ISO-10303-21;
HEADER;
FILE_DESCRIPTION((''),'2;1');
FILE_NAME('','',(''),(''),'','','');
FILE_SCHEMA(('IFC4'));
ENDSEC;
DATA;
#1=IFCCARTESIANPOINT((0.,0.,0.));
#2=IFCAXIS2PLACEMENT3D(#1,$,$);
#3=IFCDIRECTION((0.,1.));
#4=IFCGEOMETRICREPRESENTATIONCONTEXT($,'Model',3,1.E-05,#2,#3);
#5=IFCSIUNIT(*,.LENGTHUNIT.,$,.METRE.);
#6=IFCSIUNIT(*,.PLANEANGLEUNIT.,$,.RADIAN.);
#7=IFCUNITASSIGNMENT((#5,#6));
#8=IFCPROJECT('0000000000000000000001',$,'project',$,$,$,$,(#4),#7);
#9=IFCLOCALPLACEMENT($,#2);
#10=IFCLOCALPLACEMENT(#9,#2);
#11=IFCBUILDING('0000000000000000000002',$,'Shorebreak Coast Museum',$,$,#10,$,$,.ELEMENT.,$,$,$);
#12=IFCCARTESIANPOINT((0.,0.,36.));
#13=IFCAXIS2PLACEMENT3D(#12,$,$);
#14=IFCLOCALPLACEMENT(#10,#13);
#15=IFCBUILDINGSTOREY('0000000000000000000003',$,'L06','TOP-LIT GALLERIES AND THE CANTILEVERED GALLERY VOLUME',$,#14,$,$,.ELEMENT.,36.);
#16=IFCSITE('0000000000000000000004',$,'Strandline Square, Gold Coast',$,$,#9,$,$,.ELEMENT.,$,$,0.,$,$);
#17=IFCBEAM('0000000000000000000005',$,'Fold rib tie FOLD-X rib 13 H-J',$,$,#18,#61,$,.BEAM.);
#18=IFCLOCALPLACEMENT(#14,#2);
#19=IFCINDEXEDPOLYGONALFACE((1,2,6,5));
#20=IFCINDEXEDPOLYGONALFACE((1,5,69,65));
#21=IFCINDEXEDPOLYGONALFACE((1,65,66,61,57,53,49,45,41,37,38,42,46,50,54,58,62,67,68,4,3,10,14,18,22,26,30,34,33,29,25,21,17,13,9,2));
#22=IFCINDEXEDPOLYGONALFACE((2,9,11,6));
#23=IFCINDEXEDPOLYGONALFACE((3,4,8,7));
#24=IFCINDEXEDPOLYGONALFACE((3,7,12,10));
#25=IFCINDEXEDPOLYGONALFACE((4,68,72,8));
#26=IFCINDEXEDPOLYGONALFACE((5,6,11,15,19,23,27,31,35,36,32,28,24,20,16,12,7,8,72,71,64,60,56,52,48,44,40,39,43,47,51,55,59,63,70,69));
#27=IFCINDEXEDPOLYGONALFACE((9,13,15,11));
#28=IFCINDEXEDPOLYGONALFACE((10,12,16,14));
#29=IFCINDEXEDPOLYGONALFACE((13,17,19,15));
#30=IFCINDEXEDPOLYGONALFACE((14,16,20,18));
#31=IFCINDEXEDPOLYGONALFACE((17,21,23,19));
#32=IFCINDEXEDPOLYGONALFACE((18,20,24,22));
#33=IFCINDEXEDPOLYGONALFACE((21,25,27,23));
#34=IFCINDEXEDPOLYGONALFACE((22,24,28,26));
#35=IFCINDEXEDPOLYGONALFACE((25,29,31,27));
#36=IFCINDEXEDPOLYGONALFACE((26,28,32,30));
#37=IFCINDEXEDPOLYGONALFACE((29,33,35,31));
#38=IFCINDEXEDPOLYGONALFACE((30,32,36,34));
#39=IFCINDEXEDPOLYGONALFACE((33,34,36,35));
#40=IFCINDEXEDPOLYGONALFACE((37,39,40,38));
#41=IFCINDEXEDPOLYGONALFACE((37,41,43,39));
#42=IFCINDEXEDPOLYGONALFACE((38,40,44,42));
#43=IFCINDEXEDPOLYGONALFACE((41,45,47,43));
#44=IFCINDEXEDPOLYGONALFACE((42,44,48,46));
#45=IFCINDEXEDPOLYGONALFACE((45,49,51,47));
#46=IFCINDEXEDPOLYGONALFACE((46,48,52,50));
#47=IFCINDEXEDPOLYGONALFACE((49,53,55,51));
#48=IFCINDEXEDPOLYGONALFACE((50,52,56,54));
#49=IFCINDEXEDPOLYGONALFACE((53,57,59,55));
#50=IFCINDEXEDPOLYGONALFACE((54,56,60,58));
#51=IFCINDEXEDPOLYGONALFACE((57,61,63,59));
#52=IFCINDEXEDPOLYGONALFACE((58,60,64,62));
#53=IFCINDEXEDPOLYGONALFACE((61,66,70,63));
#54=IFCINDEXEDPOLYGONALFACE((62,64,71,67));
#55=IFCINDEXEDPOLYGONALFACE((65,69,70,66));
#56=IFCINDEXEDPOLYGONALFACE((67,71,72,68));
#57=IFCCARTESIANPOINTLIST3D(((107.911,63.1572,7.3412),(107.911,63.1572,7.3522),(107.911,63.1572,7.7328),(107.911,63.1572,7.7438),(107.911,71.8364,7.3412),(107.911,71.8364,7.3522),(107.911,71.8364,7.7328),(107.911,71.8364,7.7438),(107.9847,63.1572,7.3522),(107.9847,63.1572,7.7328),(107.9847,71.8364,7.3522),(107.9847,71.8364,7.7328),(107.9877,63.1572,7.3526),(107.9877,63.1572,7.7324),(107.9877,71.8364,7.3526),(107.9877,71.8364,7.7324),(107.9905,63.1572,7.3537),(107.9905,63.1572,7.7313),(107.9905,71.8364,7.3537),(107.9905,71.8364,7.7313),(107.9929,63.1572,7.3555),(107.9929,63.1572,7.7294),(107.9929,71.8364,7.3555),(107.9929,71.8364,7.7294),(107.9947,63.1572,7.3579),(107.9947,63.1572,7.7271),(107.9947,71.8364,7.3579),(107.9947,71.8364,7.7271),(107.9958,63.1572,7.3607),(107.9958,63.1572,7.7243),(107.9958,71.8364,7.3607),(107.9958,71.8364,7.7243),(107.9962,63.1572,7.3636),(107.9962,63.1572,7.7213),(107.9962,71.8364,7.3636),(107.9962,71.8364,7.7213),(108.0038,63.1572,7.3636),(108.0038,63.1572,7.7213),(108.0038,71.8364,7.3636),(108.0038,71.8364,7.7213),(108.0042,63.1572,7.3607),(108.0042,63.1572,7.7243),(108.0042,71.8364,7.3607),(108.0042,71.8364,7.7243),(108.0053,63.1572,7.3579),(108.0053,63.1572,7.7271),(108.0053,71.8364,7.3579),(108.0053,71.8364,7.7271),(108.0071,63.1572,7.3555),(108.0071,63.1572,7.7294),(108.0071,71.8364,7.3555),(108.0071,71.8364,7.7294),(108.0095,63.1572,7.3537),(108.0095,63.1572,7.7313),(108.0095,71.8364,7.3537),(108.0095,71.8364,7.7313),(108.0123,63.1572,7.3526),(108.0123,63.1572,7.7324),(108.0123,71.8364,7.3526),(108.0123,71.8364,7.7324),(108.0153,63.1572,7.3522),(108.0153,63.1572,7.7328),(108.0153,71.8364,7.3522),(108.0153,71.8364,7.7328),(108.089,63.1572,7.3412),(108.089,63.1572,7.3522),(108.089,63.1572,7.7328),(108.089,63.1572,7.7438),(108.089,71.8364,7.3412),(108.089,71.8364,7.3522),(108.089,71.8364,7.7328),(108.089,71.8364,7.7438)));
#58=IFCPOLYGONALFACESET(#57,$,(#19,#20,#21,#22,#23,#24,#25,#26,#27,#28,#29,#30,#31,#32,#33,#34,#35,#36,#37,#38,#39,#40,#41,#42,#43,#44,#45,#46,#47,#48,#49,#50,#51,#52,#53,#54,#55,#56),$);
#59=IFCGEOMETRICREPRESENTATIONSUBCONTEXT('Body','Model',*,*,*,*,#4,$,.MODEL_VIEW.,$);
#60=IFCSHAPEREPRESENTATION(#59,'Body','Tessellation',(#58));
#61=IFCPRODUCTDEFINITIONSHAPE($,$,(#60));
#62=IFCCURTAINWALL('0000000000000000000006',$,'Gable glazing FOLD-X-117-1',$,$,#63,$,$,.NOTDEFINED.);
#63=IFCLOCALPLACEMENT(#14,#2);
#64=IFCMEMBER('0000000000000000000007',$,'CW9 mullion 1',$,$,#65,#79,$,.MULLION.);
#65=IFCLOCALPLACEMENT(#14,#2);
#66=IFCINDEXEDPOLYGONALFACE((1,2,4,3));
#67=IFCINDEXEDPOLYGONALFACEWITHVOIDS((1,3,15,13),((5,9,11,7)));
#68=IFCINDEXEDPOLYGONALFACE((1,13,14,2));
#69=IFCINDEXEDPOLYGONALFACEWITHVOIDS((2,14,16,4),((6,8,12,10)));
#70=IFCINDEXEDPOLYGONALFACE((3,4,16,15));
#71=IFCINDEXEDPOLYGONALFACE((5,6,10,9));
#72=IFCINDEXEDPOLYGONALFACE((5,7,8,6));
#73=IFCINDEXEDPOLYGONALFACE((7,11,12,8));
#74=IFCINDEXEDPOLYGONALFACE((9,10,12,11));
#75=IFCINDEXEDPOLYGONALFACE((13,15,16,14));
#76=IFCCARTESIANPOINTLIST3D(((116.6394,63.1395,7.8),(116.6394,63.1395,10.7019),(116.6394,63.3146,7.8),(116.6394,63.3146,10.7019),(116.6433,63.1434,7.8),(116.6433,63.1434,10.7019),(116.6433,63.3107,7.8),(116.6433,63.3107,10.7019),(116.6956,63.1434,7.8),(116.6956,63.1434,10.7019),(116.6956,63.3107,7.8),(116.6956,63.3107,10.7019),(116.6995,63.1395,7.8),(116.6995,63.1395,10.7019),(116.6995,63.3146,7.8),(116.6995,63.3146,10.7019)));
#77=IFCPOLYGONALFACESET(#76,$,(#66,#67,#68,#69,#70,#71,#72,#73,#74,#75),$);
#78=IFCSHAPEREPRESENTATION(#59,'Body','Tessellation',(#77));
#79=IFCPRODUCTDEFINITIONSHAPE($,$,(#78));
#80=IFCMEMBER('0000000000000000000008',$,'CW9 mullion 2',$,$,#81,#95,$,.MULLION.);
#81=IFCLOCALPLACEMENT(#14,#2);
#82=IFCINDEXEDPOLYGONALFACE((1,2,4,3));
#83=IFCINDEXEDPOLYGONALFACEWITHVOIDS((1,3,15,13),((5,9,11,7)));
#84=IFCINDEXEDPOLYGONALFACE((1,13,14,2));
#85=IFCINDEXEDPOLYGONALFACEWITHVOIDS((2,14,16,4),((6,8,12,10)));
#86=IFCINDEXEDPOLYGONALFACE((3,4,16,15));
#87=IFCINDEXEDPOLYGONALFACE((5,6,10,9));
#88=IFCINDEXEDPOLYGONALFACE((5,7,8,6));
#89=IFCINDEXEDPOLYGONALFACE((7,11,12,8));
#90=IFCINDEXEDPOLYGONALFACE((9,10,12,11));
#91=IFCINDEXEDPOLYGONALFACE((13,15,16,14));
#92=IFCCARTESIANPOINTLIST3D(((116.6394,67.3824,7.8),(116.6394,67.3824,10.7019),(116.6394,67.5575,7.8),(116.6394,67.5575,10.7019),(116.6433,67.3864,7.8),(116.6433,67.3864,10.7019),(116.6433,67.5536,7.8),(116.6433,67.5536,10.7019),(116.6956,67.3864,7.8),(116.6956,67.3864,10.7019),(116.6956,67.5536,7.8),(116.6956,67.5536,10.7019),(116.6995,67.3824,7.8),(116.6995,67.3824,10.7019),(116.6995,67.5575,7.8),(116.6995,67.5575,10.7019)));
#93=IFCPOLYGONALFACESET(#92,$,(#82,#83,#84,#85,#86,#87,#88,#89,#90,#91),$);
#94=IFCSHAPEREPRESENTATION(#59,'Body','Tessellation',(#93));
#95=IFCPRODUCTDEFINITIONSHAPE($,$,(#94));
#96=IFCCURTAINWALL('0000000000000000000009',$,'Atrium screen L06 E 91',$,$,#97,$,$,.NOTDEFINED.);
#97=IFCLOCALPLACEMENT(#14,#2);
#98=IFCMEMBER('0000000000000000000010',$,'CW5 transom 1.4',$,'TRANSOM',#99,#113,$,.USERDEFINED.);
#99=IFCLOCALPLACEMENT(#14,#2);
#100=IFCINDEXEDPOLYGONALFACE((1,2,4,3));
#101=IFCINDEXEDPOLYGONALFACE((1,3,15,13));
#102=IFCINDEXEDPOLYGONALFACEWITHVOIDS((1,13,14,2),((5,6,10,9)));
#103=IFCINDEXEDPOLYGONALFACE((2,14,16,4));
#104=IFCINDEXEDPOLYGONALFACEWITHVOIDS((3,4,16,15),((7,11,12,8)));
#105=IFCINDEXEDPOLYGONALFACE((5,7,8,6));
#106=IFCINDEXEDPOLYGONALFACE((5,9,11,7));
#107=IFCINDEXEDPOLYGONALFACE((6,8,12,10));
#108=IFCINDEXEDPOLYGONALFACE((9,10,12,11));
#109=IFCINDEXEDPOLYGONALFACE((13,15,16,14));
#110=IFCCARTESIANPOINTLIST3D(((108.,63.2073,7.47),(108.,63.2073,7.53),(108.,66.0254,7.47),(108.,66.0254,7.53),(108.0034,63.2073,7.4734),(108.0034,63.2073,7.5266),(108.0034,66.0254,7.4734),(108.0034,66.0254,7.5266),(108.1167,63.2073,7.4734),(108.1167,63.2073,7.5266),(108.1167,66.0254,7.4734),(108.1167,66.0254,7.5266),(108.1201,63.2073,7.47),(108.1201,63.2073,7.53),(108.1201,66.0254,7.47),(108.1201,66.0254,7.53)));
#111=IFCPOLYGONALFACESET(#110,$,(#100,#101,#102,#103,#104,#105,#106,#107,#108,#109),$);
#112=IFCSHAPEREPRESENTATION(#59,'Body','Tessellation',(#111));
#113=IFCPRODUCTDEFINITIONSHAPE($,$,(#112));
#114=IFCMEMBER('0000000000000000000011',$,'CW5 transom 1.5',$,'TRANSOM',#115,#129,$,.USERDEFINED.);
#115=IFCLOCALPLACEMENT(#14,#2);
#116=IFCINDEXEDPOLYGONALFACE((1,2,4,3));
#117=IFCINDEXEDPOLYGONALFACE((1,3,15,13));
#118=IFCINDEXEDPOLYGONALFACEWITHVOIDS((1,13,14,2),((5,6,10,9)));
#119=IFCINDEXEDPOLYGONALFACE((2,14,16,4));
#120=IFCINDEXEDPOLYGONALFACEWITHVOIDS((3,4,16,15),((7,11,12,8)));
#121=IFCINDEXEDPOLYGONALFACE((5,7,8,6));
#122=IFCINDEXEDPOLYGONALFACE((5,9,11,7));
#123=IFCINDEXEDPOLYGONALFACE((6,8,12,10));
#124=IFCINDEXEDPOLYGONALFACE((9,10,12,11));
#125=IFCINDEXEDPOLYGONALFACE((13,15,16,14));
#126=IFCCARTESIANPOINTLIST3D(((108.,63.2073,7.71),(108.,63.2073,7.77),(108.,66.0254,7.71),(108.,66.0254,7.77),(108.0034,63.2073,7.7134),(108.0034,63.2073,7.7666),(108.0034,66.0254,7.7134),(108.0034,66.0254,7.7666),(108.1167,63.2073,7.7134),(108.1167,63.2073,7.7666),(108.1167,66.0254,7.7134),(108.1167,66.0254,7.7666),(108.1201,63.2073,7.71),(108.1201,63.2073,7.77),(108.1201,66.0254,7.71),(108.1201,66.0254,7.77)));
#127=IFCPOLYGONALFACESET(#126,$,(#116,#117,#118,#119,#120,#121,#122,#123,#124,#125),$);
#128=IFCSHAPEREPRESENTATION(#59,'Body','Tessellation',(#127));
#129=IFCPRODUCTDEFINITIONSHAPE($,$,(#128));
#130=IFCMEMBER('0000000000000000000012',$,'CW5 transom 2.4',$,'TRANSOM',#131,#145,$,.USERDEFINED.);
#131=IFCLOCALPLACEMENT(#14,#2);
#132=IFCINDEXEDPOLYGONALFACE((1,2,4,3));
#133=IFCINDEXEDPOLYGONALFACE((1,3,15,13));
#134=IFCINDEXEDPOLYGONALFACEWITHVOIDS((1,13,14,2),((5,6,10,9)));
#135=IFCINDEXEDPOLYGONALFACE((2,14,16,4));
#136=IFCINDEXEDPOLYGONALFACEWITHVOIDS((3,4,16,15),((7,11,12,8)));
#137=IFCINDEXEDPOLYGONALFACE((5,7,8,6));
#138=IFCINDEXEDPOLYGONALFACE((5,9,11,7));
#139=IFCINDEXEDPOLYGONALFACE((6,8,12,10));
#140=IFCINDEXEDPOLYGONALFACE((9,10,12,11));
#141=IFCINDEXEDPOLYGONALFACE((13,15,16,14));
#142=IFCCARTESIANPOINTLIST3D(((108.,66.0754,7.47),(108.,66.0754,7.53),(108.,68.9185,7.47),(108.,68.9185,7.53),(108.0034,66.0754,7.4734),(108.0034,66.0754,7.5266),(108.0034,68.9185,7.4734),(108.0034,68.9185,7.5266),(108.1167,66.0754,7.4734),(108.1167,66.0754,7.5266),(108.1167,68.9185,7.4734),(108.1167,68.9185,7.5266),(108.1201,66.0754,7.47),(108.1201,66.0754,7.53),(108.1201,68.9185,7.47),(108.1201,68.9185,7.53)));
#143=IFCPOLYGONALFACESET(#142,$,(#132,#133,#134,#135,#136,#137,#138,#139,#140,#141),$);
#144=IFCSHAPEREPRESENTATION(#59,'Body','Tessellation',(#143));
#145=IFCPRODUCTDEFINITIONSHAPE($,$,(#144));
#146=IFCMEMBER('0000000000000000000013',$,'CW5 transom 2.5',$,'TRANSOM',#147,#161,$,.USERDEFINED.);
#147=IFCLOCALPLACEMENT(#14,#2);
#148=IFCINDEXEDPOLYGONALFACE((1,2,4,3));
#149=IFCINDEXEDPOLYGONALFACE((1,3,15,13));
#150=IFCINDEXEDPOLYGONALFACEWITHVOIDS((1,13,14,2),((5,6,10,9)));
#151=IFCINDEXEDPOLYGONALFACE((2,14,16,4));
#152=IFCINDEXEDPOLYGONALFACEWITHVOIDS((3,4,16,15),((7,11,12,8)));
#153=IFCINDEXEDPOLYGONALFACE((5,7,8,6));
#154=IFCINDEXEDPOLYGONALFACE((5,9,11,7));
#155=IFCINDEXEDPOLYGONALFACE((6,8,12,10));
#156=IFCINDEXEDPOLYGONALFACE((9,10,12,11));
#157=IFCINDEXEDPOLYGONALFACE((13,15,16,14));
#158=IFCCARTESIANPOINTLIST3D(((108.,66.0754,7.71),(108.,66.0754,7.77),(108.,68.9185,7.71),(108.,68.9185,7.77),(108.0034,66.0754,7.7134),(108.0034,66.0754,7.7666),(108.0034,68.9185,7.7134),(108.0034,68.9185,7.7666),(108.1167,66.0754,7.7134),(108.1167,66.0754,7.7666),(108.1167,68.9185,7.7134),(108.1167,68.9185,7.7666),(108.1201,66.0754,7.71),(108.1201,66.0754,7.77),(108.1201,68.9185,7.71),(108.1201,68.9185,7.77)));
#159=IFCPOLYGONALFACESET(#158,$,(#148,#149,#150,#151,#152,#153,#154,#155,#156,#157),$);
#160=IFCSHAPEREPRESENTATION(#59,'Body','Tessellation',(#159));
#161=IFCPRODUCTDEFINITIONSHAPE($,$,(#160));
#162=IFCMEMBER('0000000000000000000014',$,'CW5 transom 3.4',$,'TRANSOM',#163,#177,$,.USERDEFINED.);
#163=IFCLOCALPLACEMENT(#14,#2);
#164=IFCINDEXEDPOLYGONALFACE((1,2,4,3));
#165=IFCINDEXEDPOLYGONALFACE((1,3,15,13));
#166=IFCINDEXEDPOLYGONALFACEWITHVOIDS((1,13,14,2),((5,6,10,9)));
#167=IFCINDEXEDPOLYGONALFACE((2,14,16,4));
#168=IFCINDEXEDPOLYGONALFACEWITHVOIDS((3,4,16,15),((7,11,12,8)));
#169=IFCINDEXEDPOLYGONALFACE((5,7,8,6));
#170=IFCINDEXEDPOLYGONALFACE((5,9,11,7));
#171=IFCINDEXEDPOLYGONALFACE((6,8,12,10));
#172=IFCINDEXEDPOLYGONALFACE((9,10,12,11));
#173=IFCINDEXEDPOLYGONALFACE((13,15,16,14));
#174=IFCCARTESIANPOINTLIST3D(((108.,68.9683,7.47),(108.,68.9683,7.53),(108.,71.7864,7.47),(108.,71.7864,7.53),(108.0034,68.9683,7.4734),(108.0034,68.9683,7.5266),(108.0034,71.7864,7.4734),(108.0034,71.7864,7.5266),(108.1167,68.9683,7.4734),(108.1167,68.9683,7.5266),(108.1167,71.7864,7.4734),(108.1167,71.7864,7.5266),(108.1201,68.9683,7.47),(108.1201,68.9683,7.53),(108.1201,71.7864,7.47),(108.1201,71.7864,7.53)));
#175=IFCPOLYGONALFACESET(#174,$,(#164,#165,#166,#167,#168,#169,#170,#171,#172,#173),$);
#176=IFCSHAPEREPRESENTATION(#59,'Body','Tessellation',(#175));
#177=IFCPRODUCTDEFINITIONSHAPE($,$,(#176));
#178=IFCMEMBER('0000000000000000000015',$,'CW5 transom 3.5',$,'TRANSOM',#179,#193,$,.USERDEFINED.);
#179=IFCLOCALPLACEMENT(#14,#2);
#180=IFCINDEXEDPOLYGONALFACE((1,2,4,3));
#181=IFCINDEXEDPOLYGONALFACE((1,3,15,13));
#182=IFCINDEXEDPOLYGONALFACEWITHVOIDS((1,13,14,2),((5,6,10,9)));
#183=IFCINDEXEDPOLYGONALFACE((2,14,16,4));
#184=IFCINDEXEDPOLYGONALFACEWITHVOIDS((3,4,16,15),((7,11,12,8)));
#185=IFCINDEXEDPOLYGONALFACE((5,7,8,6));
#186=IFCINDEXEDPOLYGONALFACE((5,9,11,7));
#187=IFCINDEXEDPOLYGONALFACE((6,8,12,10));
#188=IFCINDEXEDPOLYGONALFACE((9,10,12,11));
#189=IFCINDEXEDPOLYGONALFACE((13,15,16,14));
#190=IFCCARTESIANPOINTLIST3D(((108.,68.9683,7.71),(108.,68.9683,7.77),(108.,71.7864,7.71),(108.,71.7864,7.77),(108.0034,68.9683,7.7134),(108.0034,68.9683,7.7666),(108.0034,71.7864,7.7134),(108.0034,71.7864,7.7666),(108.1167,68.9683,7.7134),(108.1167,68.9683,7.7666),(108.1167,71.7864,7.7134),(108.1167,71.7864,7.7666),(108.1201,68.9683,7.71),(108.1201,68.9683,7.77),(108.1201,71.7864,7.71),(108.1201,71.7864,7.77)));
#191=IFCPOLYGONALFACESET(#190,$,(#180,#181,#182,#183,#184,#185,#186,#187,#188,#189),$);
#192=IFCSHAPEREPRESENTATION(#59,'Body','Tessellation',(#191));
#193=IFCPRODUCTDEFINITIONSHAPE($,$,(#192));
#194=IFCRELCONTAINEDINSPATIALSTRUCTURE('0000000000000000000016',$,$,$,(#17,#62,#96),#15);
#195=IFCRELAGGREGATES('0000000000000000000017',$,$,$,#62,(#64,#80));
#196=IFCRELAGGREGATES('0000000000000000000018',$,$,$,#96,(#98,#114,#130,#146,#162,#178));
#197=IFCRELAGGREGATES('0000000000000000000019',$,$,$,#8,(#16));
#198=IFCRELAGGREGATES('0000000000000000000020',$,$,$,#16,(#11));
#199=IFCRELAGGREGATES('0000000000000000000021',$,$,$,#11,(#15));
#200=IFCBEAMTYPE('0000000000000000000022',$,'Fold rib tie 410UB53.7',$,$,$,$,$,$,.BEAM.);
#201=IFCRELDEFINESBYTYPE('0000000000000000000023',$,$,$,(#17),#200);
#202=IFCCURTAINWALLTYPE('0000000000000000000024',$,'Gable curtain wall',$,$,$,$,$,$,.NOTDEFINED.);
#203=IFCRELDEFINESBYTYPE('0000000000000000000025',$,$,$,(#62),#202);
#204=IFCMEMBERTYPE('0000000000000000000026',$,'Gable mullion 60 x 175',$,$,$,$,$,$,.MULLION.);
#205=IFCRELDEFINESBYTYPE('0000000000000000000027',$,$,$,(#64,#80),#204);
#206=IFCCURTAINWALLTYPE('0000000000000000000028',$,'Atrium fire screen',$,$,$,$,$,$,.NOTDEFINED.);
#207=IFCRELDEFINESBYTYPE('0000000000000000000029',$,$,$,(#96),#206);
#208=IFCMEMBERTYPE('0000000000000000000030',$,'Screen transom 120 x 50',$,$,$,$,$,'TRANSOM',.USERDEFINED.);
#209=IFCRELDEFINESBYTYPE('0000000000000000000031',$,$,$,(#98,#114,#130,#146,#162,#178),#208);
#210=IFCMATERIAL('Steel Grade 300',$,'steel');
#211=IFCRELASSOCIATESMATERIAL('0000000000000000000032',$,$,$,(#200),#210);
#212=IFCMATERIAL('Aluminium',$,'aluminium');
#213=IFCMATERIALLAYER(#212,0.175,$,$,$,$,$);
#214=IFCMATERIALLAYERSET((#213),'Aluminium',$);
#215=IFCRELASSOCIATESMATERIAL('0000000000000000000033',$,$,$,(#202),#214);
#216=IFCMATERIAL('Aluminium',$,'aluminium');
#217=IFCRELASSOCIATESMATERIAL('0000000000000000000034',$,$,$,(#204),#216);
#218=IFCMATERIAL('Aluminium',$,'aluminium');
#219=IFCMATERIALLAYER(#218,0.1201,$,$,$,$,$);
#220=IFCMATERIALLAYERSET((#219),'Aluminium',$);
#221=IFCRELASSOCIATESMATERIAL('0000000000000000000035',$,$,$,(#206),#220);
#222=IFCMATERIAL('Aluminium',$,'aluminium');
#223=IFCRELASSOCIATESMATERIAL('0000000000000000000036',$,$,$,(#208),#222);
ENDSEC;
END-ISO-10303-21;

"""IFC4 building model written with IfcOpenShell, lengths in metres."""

from ifc_helpers import new_model, si_unit, direction, frame, origin, origin_2d, place, context, subcontext, project, spatial, hollow_rectangle, i_section, extrude, material, layer, layer_set, material_profile, profile_set, type_object, element, aggregate, save


model = new_model("IFC4")

# Units and contexts
model_context = context("Model", 3, precision=1e-05, world=origin(), true_north=direction((0.0, 1.0)))
body_context = subcontext(model_context, "Body", "Model", "MODEL_VIEW")
ifc_project = project(units=[si_unit("LENGTHUNIT", "METRE"), si_unit("PLANEANGLEUNIT", "RADIAN")], contexts=[model_context])

# Site, building, storey
site_placement = place(None, origin())
site = spatial("IfcSite", under=ifc_project, at=site_placement, Name="Strandline Square, Gold Coast", CompositionType="ELEMENT", RefElevation=0.0)
building_placement = place(site_placement, origin())
building = spatial("IfcBuilding", under=site, at=building_placement, Name="Shorebreak Coast Museum", CompositionType="ELEMENT")
storey_placement = place(building_placement, frame((0.0, 0.0, 36.0)))
storey = spatial("IfcBuildingStorey", under=building, at=storey_placement, Name="L06", Description="TOP-LIT GALLERIES AND THE CANTILEVERED GALLERY VOLUME", CompositionType="ELEMENT", Elevation=36.0)

# Beam
ifc_material_1 = material(Name="Steel Grade 300", Category="steel")
ifc_material_profile_1 = material_profile(ifc_material_1, i_section(OverallWidth=0.178, OverallDepth=0.4026, WebThickness=0.0076, FlangeThickness=0.011, FilletRadius=0.0115, at=origin_2d()), Name="410UB53.7")
ifc_profile_set_1 = profile_set([ifc_material_profile_1], Name="Steel Grade 300")
beam_type = type_object("IfcBeamType", Name="Fold rib tie 410UB53.7", PredefinedType="BEAM", material=ifc_profile_set_1)
beam_placement = place(storey_placement, frame((108.0, 63.1572, 7.5425), z_axis=(0.0, 1.0, 0.0), x_axis=(-1.0, 0.0, 0.0)))
element("IfcBeam", 1, at=beam_placement, inside=storey, type_object=beam_type, Name="Fold rib tie FOLD-X rib 13 H-J", PredefinedType="BEAM", context=body_context, shape_type="SweptSolid", body=[
    extrude(i_section(OverallWidth=0.178, OverallDepth=0.4026, WebThickness=0.0076, FlangeThickness=0.011, FilletRadius=0.0115, at=origin_2d()), origin(), (0.0, 0.0, 1.0), 8.6792),
])

# Curtain wall, members
ifc_material_2 = material(Name="Aluminium", Category="aluminium")
ifc_layer_1 = layer(ifc_material_2, 0.175)
ifc_layer_set_1 = layer_set([ifc_layer_1], Name="Aluminium")
curtain_wall_type_1 = type_object("IfcCurtainWallType", Name="Gable curtain wall", PredefinedType="NOTDEFINED", material=ifc_layer_set_1)
curtain_wall_1_placement = place(storey_placement, origin())
curtain_wall_1 = element("IfcCurtainWall", 2, at=curtain_wall_1_placement, inside=storey, type_object=curtain_wall_type_1, Name="Gable glazing FOLD-X-117-1", PredefinedType="NOTDEFINED")
ifc_material_3 = material(Name="Aluminium", Category="aluminium")
ifc_material_profile_2 = material_profile(ifc_material_3, hollow_rectangle(XDim=0.0601, YDim=0.175, WallThickness=0.0039, at=origin_2d()), Name="AL 175x60 RHS")
ifc_profile_set_2 = profile_set([ifc_material_profile_2], Name="Aluminium")
member_type_1 = type_object("IfcMemberType", Name="Gable mullion 60 x 175", PredefinedType="MULLION", material=ifc_profile_set_2)
member_1_placement = place(storey_placement, frame((116.6694, 63.2271, 7.8), z_axis=(0.0, 0.0, 1.0), x_axis=(-1.0, 0.0, 0.0)))
member_1 = element("IfcMember", 3, at=member_1_placement, type_object=member_type_1, Name="CW9 mullion 1", PredefinedType="MULLION", context=body_context, shape_type="SweptSolid", body=[
    extrude(hollow_rectangle(XDim=0.0601, YDim=0.175, WallThickness=0.0039, at=origin_2d()), origin(), (0.0, 0.0, 1.0), 2.9019),
])
member_2_placement = place(storey_placement, frame((116.6694, 67.47, 7.8), z_axis=(0.0, 0.0, 1.0), x_axis=(-1.0, 0.0, 0.0)))
member_2 = element("IfcMember", 4, at=member_2_placement, type_object=member_type_1, Name="CW9 mullion 2", PredefinedType="MULLION", context=body_context, shape_type="SweptSolid", body=[
    extrude(hollow_rectangle(XDim=0.0601, YDim=0.175, WallThickness=0.0039, at=origin_2d()), origin(), (0.0, 0.0, 1.0), 2.9019),
])
aggregate(curtain_wall_1, [member_1, member_2])

# Curtain wall, members
ifc_material_4 = material(Name="Aluminium", Category="aluminium")
ifc_layer_2 = layer(ifc_material_4, 0.1201)
ifc_layer_set_2 = layer_set([ifc_layer_2], Name="Aluminium")
curtain_wall_type_2 = type_object("IfcCurtainWallType", Name="Atrium fire screen", PredefinedType="NOTDEFINED", material=ifc_layer_set_2)
curtain_wall_2_placement = place(storey_placement, origin())
curtain_wall_2 = element("IfcCurtainWall", 5, at=curtain_wall_2_placement, inside=storey, type_object=curtain_wall_type_2, Name="Atrium screen L06 E 91", PredefinedType="NOTDEFINED")
ifc_material_5 = material(Name="Aluminium", Category="aluminium")
ifc_material_profile_3 = material_profile(ifc_material_5, hollow_rectangle(XDim=0.1201, YDim=0.0601, WallThickness=0.0034, at=origin_2d()), Name="AL 60x120 RHS")
ifc_profile_set_3 = profile_set([ifc_material_profile_3], Name="Aluminium")
member_type_2 = type_object("IfcMemberType", Name="Screen transom 120 x 50", ElementType="TRANSOM", PredefinedType="USERDEFINED", material=ifc_profile_set_3)
member_3_placement = place(storey_placement, frame((108.0601, 63.2073, 7.5), z_axis=(0.0, 1.0, 0.0), x_axis=(-1.0, 0.0, 0.0)))
member_3 = element("IfcMember", 6, at=member_3_placement, type_object=member_type_2, Name="CW5 transom 1.4", ObjectType="TRANSOM", PredefinedType="USERDEFINED", context=body_context, shape_type="SweptSolid", body=[
    extrude(hollow_rectangle(XDim=0.1201, YDim=0.0601, WallThickness=0.0034, at=origin_2d()), origin(), (0.0, 0.0, 1.0), 2.8181),
])
member_4_placement = place(storey_placement, frame((108.0601, 63.2073, 7.74), z_axis=(0.0, 1.0, 0.0), x_axis=(-1.0, 0.0, 0.0)))
member_4 = element("IfcMember", 7, at=member_4_placement, type_object=member_type_2, Name="CW5 transom 1.5", ObjectType="TRANSOM", PredefinedType="USERDEFINED", context=body_context, shape_type="SweptSolid", body=[
    extrude(hollow_rectangle(XDim=0.1201, YDim=0.0601, WallThickness=0.0034, at=origin_2d()), origin(), (0.0, 0.0, 1.0), 2.8181),
])
member_5_placement = place(storey_placement, frame((108.0601, 66.0754, 7.5), z_axis=(0.0, 1.0, 0.0), x_axis=(-1.0, 0.0, 0.0)))
member_5 = element("IfcMember", 8, at=member_5_placement, type_object=member_type_2, Name="CW5 transom 2.4", ObjectType="TRANSOM", PredefinedType="USERDEFINED", context=body_context, shape_type="SweptSolid", body=[
    extrude(hollow_rectangle(XDim=0.1201, YDim=0.0601, WallThickness=0.0034, at=origin_2d()), origin(), (0.0, 0.0, 1.0), 2.843),
])
member_6_placement = place(storey_placement, frame((108.0601, 66.0754, 7.74), z_axis=(0.0, 1.0, 0.0), x_axis=(-1.0, 0.0, 0.0)))
member_6 = element("IfcMember", 9, at=member_6_placement, type_object=member_type_2, Name="CW5 transom 2.5", ObjectType="TRANSOM", PredefinedType="USERDEFINED", context=body_context, shape_type="SweptSolid", body=[
    extrude(hollow_rectangle(XDim=0.1201, YDim=0.0601, WallThickness=0.0034, at=origin_2d()), origin(), (0.0, 0.0, 1.0), 2.843),
])
member_7_placement = place(storey_placement, frame((108.0601, 68.9683, 7.5), z_axis=(0.0, 1.0, 0.0), x_axis=(-1.0, 0.0, 0.0)))
member_7 = element("IfcMember", 10, at=member_7_placement, type_object=member_type_2, Name="CW5 transom 3.4", ObjectType="TRANSOM", PredefinedType="USERDEFINED", context=body_context, shape_type="SweptSolid", body=[
    extrude(hollow_rectangle(XDim=0.1201, YDim=0.0601, WallThickness=0.0034, at=origin_2d()), origin(), (0.0, 0.0, 1.0), 2.8181),
])
member_8_placement = place(storey_placement, frame((108.0601, 68.9683, 7.74), z_axis=(0.0, 1.0, 0.0), x_axis=(-1.0, 0.0, 0.0)))
member_8 = element("IfcMember", 11, at=member_8_placement, type_object=member_type_2, Name="CW5 transom 3.5", ObjectType="TRANSOM", PredefinedType="USERDEFINED", context=body_context, shape_type="SweptSolid", body=[
    extrude(hollow_rectangle(XDim=0.1201, YDim=0.0601, WallThickness=0.0034, at=origin_2d()), origin(), (0.0, 0.0, 1.0), 2.8181),
])
aggregate(curtain_wall_2, [member_3, member_4, member_5, member_6, member_7, member_8])

save(model, "model.ifc")
